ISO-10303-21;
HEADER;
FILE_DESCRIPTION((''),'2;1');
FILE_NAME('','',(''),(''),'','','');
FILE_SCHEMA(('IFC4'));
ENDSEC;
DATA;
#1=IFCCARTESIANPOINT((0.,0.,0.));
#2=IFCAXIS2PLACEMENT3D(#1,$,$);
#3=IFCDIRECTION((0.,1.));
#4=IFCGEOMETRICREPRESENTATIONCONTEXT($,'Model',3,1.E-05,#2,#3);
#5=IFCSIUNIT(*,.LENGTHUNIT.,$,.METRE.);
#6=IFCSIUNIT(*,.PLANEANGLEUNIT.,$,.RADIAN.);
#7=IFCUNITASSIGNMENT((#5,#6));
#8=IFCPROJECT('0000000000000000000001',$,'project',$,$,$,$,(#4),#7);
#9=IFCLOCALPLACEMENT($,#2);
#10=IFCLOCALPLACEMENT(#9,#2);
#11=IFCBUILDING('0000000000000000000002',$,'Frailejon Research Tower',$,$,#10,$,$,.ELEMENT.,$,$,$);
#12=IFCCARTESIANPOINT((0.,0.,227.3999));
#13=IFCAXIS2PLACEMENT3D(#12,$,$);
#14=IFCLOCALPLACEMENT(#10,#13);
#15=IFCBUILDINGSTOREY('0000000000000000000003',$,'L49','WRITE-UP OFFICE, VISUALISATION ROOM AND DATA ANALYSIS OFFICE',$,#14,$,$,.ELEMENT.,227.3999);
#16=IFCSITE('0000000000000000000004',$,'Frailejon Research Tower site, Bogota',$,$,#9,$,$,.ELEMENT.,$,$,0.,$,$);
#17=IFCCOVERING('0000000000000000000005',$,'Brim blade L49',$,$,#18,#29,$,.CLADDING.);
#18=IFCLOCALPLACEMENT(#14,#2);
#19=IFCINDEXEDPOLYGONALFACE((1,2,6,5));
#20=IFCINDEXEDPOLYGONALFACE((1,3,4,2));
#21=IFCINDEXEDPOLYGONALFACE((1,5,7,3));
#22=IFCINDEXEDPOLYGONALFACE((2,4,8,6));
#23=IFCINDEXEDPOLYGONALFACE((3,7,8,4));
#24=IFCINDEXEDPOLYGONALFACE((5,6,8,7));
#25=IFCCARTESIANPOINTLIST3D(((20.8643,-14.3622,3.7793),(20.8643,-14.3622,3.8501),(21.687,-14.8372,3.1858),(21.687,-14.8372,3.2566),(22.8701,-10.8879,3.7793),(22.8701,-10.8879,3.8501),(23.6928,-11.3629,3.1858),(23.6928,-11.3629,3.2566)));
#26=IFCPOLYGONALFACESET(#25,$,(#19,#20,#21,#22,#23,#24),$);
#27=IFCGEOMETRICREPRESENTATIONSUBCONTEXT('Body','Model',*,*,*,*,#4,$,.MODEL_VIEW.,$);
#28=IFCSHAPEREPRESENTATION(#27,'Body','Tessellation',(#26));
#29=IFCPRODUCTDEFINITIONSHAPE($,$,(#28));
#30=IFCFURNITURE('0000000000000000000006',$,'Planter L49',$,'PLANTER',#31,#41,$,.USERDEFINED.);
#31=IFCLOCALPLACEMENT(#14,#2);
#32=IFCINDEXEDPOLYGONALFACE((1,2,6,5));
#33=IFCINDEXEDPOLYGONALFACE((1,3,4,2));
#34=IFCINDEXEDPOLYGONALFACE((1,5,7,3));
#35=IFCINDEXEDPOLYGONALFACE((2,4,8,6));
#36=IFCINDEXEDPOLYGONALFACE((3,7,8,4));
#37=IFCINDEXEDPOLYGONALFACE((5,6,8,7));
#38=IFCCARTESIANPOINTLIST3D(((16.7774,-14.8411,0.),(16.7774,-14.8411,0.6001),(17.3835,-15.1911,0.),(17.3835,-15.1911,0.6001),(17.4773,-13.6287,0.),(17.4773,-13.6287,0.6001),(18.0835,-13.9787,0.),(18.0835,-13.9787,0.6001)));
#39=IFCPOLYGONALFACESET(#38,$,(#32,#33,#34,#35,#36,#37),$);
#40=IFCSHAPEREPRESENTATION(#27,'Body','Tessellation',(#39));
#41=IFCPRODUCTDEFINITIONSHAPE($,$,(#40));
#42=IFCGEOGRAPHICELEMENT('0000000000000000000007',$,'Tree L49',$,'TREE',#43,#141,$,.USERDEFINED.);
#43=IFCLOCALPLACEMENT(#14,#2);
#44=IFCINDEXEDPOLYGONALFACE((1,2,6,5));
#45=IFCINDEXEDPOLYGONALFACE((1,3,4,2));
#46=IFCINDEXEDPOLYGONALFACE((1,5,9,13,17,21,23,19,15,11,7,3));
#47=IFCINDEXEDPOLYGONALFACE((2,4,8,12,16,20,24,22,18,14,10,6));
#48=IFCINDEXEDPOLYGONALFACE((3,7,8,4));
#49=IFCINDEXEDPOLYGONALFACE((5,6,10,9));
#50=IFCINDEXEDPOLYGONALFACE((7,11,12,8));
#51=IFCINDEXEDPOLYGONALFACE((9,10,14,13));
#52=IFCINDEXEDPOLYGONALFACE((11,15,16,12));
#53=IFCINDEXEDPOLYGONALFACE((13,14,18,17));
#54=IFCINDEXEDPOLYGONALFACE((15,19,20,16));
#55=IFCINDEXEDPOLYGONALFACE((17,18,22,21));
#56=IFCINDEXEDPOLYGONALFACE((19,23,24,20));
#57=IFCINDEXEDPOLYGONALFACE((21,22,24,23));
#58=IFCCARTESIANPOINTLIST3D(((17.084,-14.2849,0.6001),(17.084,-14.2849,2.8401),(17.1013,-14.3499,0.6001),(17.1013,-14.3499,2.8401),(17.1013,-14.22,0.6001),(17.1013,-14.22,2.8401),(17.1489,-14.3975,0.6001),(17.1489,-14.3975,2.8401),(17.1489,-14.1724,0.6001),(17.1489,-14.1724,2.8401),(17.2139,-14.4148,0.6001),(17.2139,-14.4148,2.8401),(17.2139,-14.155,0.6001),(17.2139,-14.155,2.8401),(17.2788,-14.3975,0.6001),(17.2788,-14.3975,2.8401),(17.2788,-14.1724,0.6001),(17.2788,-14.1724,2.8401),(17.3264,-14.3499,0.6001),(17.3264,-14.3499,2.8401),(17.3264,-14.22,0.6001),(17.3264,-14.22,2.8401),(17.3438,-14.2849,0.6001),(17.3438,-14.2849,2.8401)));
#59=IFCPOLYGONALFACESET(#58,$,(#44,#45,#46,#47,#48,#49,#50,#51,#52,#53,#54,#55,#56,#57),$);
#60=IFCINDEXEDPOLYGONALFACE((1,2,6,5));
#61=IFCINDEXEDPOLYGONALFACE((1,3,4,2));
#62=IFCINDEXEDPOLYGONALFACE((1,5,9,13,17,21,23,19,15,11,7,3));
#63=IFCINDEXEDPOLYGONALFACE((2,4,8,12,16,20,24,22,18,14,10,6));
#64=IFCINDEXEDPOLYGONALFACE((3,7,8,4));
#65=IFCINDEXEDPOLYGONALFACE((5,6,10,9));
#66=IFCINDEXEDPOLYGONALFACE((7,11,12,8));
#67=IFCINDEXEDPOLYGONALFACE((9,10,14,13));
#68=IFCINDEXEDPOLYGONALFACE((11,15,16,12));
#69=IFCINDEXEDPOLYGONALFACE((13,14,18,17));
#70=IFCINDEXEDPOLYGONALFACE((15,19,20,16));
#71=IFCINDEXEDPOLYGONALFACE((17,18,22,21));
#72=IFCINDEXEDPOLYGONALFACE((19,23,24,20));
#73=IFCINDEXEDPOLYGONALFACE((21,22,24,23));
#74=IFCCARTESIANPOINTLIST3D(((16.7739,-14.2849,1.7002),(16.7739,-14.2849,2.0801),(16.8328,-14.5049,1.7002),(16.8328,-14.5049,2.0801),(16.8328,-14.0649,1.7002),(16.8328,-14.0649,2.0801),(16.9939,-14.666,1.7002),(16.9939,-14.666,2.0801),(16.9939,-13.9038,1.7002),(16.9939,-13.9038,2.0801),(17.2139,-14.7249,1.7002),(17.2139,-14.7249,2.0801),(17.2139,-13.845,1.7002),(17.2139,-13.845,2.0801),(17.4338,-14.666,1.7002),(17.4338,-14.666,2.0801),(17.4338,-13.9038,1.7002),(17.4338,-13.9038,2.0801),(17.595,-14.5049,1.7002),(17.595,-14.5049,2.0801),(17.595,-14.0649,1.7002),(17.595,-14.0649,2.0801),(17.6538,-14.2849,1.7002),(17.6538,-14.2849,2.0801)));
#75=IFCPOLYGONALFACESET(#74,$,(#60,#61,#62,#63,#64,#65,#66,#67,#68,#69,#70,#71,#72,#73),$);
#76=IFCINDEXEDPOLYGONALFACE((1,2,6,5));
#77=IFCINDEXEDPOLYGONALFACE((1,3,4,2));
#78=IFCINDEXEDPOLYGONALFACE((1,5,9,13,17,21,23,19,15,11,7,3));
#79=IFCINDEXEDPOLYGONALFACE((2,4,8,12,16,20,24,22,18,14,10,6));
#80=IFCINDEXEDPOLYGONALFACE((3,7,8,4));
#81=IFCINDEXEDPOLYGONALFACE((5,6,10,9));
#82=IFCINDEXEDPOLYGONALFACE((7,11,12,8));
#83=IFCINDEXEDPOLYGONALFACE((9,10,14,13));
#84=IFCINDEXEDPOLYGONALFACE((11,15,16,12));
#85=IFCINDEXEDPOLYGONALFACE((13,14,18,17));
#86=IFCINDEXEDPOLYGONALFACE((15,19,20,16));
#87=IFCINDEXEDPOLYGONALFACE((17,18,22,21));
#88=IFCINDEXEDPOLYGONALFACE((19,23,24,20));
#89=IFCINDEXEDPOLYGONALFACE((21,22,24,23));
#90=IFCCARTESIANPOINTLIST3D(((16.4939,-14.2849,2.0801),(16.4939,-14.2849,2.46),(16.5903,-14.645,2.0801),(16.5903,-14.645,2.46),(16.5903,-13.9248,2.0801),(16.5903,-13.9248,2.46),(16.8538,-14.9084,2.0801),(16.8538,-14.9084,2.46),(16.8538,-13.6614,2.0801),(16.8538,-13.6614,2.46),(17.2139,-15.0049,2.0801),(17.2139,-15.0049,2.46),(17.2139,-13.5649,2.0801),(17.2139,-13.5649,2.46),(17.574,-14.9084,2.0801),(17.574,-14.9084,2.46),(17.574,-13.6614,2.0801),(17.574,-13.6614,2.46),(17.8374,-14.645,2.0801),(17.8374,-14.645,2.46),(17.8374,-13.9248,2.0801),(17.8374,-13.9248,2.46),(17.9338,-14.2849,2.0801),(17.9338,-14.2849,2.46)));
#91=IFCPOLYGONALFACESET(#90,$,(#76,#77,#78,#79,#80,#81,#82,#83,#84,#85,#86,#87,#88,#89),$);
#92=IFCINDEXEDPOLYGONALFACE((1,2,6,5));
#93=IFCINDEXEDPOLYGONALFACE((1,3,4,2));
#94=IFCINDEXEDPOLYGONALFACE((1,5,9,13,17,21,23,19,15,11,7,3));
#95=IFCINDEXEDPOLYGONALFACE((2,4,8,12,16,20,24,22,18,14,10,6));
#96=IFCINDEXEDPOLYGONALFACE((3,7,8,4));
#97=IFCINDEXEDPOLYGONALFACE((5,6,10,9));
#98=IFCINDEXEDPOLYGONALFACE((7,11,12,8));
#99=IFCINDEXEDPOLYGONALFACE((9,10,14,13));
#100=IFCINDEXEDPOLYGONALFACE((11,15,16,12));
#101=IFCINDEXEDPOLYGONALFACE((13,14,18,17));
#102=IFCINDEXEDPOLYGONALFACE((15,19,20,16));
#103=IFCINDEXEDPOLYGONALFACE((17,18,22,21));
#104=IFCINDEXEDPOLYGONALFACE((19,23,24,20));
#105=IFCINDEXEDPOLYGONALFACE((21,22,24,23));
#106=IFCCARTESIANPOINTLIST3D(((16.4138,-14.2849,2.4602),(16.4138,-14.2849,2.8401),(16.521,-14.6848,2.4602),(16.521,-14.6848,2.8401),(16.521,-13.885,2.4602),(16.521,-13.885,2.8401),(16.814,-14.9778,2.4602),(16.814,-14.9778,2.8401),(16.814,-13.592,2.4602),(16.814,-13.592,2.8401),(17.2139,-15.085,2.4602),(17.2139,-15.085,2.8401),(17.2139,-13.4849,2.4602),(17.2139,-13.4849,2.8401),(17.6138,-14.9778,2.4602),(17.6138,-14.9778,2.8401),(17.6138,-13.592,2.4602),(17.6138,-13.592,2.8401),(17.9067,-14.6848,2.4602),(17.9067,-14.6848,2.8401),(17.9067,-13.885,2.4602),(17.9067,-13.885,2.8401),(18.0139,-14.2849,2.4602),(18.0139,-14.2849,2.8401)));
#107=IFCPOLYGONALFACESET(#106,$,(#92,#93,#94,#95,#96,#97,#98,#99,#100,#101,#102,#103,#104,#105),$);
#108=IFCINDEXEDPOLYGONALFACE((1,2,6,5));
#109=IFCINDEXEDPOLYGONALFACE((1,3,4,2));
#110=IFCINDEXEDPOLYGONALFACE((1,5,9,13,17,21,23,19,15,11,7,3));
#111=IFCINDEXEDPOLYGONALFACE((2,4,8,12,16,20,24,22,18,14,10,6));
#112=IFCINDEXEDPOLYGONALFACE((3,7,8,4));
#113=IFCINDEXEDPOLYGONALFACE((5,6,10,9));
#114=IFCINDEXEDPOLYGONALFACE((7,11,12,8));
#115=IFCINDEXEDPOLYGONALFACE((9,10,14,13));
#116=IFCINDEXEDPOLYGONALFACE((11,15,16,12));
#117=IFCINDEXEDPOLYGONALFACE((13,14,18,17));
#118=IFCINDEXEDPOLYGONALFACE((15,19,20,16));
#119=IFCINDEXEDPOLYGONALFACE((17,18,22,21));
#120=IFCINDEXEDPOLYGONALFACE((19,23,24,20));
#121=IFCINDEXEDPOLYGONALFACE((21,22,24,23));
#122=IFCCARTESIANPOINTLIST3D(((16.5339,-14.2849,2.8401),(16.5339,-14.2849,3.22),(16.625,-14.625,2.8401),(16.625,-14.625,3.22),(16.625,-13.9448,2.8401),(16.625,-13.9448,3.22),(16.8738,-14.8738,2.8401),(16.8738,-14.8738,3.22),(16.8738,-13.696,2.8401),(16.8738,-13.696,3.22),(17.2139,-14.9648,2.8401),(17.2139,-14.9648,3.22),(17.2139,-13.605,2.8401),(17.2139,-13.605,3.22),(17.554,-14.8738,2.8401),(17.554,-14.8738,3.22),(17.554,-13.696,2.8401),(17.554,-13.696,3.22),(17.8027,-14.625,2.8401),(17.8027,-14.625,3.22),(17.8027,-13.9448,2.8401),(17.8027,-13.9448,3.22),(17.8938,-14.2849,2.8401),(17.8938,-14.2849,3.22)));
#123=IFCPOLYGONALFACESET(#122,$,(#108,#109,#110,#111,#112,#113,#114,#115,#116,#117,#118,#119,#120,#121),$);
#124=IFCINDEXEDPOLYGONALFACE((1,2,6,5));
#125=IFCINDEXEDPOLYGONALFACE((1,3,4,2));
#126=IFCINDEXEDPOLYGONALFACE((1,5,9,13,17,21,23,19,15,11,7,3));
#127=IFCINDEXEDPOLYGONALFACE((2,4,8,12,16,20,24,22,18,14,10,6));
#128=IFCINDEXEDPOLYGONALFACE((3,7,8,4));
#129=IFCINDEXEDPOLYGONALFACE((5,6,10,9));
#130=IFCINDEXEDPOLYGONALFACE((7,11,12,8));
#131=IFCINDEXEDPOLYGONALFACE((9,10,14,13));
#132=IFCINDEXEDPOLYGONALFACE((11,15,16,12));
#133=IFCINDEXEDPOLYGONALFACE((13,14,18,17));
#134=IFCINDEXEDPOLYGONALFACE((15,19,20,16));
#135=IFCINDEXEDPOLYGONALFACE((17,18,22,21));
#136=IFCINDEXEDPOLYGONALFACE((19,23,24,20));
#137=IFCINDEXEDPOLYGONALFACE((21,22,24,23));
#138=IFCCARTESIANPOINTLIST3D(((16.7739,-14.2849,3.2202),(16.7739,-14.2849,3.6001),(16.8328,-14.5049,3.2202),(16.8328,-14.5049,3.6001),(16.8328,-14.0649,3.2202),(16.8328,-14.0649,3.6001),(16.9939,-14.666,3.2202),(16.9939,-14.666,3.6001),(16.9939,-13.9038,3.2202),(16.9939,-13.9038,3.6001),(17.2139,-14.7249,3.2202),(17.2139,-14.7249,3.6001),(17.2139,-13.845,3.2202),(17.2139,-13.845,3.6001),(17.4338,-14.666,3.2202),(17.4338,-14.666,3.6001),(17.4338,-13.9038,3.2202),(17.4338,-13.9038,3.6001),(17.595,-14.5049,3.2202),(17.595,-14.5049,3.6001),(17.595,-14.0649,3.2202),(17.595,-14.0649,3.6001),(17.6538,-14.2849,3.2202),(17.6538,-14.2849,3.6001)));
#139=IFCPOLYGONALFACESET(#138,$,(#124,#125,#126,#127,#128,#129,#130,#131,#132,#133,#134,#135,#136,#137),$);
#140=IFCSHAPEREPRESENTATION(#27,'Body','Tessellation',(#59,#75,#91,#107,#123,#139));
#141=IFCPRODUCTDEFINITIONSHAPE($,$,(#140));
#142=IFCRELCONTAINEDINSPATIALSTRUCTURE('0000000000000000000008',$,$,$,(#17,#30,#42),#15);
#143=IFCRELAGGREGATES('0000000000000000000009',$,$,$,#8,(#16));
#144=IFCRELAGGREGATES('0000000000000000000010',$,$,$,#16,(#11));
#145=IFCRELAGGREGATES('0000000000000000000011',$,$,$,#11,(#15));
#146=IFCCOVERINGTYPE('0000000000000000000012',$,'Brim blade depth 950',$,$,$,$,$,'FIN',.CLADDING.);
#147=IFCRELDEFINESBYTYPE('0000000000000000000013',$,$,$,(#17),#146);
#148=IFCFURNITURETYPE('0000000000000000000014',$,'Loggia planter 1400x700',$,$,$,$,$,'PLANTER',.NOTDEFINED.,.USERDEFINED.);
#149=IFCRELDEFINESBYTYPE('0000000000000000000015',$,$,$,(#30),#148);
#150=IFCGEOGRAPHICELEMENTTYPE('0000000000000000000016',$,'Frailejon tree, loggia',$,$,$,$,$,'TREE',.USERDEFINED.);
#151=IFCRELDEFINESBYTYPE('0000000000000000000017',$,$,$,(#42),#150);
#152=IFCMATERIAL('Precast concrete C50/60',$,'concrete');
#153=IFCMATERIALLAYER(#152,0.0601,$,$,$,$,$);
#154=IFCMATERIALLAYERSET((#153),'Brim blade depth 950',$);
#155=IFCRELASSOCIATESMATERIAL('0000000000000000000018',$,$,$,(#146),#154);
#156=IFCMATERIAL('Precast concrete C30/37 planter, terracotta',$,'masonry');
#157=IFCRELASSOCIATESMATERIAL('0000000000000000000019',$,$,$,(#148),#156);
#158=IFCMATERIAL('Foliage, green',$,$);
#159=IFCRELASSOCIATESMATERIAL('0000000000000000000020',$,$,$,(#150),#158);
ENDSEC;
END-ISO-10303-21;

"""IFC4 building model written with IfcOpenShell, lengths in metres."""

from ifc_helpers import new_model, si_unit, direction, frame, origin, origin_2d, place, context, subcontext, project, spatial, polyline, rectangle, outline, extrude, material, layer, layer_set, type_object, element, save


model = new_model("IFC4")

# Units and contexts
model_context = context("Model", 3, precision=1e-05, world=origin(), true_north=direction((0.0, 1.0)))
body_context = subcontext(model_context, "Body", "Model", "MODEL_VIEW")
ifc_project = project(units=[si_unit("LENGTHUNIT", "METRE"), si_unit("PLANEANGLEUNIT", "RADIAN")], contexts=[model_context])

# Site, building, storey
site_placement = place(None, origin())
site = spatial("IfcSite", under=ifc_project, at=site_placement, Name="Frailejon Research Tower site, Bogota", CompositionType="ELEMENT", RefElevation=0.0)
building_placement = place(site_placement, origin())
building = spatial("IfcBuilding", under=site, at=building_placement, Name="Frailejon Research Tower", CompositionType="ELEMENT")
storey_placement = place(building_placement, frame((0.0, 0.0, 227.3999)))
storey = spatial("IfcBuildingStorey", under=building, at=storey_placement, Name="L49", Description="WRITE-UP OFFICE, VISUALISATION ROOM AND DATA ANALYSIS OFFICE", CompositionType="ELEMENT", Elevation=227.3999)

# Covering
ifc_material_1 = material(Name="Precast concrete C50/60", Category="concrete")
ifc_layer_1 = layer(ifc_material_1, 0.0601)
ifc_layer_set_1 = layer_set([ifc_layer_1], Name="Brim blade depth 950")
covering_type_1 = type_object("IfcCoveringType", Name="Brim blade depth 950", ElementType="FIN", PredefinedType="CLADDING", material=ifc_layer_set_1)
covering_1_placement = place(storey_placement, frame((22.8701, -10.8879, 3.8501), z_axis=(-0.499995, -0.866028, 0.0), x_axis=(0.866028, -0.499995, 0.0)))
element("IfcCovering", 1, at=covering_1_placement, inside=storey, type_object=covering_type_1, Name="Brim blade L49", PredefinedType="CLADDING", context=body_context, shape_type="SweptSolid", body=[
    extrude(outline(polyline([(0.0, -0.0708), (0.95, -0.6643), (0.95, -0.5935), (0.0, 0.0), (0.0, -0.0708)])), origin(), (0.0, 0.0, 1.0), 4.0117),
])

# Furniture
ifc_material_2 = material(Name="Precast concrete C30/37 planter, terracotta", Category="masonry")
furniture_type = type_object("IfcFurnitureType", Name="Loggia planter 1400x700", ElementType="PLANTER", AssemblyPlace="NOTDEFINED", PredefinedType="USERDEFINED", material=ifc_material_2)
furniture_placement = place(storey_placement, frame((17.4304, -14.4099, 0.0), z_axis=(0.0, 0.0, 1.0), x_axis=(0.5, 0.866025, 0.0)))
element("IfcFurniture", 2, at=furniture_placement, inside=storey, type_object=furniture_type, Name="Planter L49", ObjectType="PLANTER", PredefinedType="USERDEFINED", context=body_context, shape_type="SweptSolid", body=[
    extrude(rectangle(XDim=1.3999, YDim=0.7, at=origin_2d()), origin(), (0.0, 0.0, 1.0), 0.6001),
])

# Geographic element
ifc_material_3 = material(Name="Foliage, green")
geographic_element_type = type_object("IfcGeographicElementType", Name="Frailejon tree, loggia", ElementType="TREE", PredefinedType="USERDEFINED", material=ifc_material_3)
geographic_element_placement = place(storey_placement, frame((17.2139, -14.2849, 0.6001)))
element("IfcGeographicElement", 3, at=geographic_element_placement, inside=storey, type_object=geographic_element_type, Name="Tree L49", ObjectType="TREE", PredefinedType="USERDEFINED", context=body_context, shape_type="SweptSolid", body=[
    extrude(outline(polyline([(0.1299, 0.0), (0.1125, 0.0649), (0.0649, 0.1125), (0.0, 0.1299), (-0.0649, 0.1125), (-0.1125, 0.0649), (-0.1299, 0.0), (-0.1125, -0.0649), (-0.0649, -0.1125), (0.0, -0.1299), (0.0649, -0.1125), (0.1125, -0.0649), (0.1299, 0.0)])), origin(), (0.0, 0.0, 1.0), 2.24),
    extrude(outline(polyline([(0.4399, 0.0), (0.3811, 0.22), (0.22, 0.3811), (0.0, 0.4399), (-0.22, 0.3811), (-0.3811, 0.22), (-0.4399, 0.0), (-0.3811, -0.22), (-0.22, -0.3811), (0.0, -0.4399), (0.22, -0.3811), (0.3811, -0.22), (0.4399, 0.0)])), frame((0.0, 0.0, 1.1001)), (0.0, 0.0, 1.0), 0.3799),
    extrude(outline(polyline([(0.72, 0.0), (0.6235, 0.3601), (0.3601, 0.6235), (0.0, 0.72), (-0.3601, 0.6235), (-0.6235, 0.3601), (-0.72, 0.0), (-0.6235, -0.3601), (-0.3601, -0.6235), (0.0, -0.72), (0.3601, -0.6235), (0.6235, -0.3601), (0.72, 0.0)])), frame((0.0, 0.0, 1.48)), (0.0, 0.0, 1.0), 0.3799),
    extrude(outline(polyline([(0.8, 0.0), (0.6929, 0.3999), (0.3999, 0.6929), (0.0, 0.8), (-0.3999, 0.6929), (-0.6929, 0.3999), (-0.8, 0.0), (-0.6929, -0.3999), (-0.3999, -0.6929), (0.0, -0.8), (0.3999, -0.6929), (0.6929, -0.3999), (0.8, 0.0)])), frame((0.0, 0.0, 1.8601)), (0.0, 0.0, 1.0), 0.3799),
    extrude(outline(polyline([(0.6799, 0.0), (0.5889, 0.3401), (0.3401, 0.5889), (0.0, 0.6799), (-0.3401, 0.5889), (-0.5889, 0.3401), (-0.6799, 0.0), (-0.5889, -0.3401), (-0.3401, -0.5889), (0.0, -0.6799), (0.3401, -0.5889), (0.5889, -0.3401), (0.6799, 0.0)])), frame((0.0, 0.0, 2.24)), (0.0, 0.0, 1.0), 0.3799),
    extrude(outline(polyline([(0.4399, 0.0), (0.3811, 0.22), (0.22, 0.3811), (0.0, 0.4399), (-0.22, 0.3811), (-0.3811, 0.22), (-0.4399, 0.0), (-0.3811, -0.22), (-0.22, -0.3811), (0.0, -0.4399), (0.22, -0.3811), (0.3811, -0.22), (0.4399, 0.0)])), frame((0.0, 0.0, 2.6201)), (0.0, 0.0, 1.0), 0.3799),
])

save(model, "model.ifc")
